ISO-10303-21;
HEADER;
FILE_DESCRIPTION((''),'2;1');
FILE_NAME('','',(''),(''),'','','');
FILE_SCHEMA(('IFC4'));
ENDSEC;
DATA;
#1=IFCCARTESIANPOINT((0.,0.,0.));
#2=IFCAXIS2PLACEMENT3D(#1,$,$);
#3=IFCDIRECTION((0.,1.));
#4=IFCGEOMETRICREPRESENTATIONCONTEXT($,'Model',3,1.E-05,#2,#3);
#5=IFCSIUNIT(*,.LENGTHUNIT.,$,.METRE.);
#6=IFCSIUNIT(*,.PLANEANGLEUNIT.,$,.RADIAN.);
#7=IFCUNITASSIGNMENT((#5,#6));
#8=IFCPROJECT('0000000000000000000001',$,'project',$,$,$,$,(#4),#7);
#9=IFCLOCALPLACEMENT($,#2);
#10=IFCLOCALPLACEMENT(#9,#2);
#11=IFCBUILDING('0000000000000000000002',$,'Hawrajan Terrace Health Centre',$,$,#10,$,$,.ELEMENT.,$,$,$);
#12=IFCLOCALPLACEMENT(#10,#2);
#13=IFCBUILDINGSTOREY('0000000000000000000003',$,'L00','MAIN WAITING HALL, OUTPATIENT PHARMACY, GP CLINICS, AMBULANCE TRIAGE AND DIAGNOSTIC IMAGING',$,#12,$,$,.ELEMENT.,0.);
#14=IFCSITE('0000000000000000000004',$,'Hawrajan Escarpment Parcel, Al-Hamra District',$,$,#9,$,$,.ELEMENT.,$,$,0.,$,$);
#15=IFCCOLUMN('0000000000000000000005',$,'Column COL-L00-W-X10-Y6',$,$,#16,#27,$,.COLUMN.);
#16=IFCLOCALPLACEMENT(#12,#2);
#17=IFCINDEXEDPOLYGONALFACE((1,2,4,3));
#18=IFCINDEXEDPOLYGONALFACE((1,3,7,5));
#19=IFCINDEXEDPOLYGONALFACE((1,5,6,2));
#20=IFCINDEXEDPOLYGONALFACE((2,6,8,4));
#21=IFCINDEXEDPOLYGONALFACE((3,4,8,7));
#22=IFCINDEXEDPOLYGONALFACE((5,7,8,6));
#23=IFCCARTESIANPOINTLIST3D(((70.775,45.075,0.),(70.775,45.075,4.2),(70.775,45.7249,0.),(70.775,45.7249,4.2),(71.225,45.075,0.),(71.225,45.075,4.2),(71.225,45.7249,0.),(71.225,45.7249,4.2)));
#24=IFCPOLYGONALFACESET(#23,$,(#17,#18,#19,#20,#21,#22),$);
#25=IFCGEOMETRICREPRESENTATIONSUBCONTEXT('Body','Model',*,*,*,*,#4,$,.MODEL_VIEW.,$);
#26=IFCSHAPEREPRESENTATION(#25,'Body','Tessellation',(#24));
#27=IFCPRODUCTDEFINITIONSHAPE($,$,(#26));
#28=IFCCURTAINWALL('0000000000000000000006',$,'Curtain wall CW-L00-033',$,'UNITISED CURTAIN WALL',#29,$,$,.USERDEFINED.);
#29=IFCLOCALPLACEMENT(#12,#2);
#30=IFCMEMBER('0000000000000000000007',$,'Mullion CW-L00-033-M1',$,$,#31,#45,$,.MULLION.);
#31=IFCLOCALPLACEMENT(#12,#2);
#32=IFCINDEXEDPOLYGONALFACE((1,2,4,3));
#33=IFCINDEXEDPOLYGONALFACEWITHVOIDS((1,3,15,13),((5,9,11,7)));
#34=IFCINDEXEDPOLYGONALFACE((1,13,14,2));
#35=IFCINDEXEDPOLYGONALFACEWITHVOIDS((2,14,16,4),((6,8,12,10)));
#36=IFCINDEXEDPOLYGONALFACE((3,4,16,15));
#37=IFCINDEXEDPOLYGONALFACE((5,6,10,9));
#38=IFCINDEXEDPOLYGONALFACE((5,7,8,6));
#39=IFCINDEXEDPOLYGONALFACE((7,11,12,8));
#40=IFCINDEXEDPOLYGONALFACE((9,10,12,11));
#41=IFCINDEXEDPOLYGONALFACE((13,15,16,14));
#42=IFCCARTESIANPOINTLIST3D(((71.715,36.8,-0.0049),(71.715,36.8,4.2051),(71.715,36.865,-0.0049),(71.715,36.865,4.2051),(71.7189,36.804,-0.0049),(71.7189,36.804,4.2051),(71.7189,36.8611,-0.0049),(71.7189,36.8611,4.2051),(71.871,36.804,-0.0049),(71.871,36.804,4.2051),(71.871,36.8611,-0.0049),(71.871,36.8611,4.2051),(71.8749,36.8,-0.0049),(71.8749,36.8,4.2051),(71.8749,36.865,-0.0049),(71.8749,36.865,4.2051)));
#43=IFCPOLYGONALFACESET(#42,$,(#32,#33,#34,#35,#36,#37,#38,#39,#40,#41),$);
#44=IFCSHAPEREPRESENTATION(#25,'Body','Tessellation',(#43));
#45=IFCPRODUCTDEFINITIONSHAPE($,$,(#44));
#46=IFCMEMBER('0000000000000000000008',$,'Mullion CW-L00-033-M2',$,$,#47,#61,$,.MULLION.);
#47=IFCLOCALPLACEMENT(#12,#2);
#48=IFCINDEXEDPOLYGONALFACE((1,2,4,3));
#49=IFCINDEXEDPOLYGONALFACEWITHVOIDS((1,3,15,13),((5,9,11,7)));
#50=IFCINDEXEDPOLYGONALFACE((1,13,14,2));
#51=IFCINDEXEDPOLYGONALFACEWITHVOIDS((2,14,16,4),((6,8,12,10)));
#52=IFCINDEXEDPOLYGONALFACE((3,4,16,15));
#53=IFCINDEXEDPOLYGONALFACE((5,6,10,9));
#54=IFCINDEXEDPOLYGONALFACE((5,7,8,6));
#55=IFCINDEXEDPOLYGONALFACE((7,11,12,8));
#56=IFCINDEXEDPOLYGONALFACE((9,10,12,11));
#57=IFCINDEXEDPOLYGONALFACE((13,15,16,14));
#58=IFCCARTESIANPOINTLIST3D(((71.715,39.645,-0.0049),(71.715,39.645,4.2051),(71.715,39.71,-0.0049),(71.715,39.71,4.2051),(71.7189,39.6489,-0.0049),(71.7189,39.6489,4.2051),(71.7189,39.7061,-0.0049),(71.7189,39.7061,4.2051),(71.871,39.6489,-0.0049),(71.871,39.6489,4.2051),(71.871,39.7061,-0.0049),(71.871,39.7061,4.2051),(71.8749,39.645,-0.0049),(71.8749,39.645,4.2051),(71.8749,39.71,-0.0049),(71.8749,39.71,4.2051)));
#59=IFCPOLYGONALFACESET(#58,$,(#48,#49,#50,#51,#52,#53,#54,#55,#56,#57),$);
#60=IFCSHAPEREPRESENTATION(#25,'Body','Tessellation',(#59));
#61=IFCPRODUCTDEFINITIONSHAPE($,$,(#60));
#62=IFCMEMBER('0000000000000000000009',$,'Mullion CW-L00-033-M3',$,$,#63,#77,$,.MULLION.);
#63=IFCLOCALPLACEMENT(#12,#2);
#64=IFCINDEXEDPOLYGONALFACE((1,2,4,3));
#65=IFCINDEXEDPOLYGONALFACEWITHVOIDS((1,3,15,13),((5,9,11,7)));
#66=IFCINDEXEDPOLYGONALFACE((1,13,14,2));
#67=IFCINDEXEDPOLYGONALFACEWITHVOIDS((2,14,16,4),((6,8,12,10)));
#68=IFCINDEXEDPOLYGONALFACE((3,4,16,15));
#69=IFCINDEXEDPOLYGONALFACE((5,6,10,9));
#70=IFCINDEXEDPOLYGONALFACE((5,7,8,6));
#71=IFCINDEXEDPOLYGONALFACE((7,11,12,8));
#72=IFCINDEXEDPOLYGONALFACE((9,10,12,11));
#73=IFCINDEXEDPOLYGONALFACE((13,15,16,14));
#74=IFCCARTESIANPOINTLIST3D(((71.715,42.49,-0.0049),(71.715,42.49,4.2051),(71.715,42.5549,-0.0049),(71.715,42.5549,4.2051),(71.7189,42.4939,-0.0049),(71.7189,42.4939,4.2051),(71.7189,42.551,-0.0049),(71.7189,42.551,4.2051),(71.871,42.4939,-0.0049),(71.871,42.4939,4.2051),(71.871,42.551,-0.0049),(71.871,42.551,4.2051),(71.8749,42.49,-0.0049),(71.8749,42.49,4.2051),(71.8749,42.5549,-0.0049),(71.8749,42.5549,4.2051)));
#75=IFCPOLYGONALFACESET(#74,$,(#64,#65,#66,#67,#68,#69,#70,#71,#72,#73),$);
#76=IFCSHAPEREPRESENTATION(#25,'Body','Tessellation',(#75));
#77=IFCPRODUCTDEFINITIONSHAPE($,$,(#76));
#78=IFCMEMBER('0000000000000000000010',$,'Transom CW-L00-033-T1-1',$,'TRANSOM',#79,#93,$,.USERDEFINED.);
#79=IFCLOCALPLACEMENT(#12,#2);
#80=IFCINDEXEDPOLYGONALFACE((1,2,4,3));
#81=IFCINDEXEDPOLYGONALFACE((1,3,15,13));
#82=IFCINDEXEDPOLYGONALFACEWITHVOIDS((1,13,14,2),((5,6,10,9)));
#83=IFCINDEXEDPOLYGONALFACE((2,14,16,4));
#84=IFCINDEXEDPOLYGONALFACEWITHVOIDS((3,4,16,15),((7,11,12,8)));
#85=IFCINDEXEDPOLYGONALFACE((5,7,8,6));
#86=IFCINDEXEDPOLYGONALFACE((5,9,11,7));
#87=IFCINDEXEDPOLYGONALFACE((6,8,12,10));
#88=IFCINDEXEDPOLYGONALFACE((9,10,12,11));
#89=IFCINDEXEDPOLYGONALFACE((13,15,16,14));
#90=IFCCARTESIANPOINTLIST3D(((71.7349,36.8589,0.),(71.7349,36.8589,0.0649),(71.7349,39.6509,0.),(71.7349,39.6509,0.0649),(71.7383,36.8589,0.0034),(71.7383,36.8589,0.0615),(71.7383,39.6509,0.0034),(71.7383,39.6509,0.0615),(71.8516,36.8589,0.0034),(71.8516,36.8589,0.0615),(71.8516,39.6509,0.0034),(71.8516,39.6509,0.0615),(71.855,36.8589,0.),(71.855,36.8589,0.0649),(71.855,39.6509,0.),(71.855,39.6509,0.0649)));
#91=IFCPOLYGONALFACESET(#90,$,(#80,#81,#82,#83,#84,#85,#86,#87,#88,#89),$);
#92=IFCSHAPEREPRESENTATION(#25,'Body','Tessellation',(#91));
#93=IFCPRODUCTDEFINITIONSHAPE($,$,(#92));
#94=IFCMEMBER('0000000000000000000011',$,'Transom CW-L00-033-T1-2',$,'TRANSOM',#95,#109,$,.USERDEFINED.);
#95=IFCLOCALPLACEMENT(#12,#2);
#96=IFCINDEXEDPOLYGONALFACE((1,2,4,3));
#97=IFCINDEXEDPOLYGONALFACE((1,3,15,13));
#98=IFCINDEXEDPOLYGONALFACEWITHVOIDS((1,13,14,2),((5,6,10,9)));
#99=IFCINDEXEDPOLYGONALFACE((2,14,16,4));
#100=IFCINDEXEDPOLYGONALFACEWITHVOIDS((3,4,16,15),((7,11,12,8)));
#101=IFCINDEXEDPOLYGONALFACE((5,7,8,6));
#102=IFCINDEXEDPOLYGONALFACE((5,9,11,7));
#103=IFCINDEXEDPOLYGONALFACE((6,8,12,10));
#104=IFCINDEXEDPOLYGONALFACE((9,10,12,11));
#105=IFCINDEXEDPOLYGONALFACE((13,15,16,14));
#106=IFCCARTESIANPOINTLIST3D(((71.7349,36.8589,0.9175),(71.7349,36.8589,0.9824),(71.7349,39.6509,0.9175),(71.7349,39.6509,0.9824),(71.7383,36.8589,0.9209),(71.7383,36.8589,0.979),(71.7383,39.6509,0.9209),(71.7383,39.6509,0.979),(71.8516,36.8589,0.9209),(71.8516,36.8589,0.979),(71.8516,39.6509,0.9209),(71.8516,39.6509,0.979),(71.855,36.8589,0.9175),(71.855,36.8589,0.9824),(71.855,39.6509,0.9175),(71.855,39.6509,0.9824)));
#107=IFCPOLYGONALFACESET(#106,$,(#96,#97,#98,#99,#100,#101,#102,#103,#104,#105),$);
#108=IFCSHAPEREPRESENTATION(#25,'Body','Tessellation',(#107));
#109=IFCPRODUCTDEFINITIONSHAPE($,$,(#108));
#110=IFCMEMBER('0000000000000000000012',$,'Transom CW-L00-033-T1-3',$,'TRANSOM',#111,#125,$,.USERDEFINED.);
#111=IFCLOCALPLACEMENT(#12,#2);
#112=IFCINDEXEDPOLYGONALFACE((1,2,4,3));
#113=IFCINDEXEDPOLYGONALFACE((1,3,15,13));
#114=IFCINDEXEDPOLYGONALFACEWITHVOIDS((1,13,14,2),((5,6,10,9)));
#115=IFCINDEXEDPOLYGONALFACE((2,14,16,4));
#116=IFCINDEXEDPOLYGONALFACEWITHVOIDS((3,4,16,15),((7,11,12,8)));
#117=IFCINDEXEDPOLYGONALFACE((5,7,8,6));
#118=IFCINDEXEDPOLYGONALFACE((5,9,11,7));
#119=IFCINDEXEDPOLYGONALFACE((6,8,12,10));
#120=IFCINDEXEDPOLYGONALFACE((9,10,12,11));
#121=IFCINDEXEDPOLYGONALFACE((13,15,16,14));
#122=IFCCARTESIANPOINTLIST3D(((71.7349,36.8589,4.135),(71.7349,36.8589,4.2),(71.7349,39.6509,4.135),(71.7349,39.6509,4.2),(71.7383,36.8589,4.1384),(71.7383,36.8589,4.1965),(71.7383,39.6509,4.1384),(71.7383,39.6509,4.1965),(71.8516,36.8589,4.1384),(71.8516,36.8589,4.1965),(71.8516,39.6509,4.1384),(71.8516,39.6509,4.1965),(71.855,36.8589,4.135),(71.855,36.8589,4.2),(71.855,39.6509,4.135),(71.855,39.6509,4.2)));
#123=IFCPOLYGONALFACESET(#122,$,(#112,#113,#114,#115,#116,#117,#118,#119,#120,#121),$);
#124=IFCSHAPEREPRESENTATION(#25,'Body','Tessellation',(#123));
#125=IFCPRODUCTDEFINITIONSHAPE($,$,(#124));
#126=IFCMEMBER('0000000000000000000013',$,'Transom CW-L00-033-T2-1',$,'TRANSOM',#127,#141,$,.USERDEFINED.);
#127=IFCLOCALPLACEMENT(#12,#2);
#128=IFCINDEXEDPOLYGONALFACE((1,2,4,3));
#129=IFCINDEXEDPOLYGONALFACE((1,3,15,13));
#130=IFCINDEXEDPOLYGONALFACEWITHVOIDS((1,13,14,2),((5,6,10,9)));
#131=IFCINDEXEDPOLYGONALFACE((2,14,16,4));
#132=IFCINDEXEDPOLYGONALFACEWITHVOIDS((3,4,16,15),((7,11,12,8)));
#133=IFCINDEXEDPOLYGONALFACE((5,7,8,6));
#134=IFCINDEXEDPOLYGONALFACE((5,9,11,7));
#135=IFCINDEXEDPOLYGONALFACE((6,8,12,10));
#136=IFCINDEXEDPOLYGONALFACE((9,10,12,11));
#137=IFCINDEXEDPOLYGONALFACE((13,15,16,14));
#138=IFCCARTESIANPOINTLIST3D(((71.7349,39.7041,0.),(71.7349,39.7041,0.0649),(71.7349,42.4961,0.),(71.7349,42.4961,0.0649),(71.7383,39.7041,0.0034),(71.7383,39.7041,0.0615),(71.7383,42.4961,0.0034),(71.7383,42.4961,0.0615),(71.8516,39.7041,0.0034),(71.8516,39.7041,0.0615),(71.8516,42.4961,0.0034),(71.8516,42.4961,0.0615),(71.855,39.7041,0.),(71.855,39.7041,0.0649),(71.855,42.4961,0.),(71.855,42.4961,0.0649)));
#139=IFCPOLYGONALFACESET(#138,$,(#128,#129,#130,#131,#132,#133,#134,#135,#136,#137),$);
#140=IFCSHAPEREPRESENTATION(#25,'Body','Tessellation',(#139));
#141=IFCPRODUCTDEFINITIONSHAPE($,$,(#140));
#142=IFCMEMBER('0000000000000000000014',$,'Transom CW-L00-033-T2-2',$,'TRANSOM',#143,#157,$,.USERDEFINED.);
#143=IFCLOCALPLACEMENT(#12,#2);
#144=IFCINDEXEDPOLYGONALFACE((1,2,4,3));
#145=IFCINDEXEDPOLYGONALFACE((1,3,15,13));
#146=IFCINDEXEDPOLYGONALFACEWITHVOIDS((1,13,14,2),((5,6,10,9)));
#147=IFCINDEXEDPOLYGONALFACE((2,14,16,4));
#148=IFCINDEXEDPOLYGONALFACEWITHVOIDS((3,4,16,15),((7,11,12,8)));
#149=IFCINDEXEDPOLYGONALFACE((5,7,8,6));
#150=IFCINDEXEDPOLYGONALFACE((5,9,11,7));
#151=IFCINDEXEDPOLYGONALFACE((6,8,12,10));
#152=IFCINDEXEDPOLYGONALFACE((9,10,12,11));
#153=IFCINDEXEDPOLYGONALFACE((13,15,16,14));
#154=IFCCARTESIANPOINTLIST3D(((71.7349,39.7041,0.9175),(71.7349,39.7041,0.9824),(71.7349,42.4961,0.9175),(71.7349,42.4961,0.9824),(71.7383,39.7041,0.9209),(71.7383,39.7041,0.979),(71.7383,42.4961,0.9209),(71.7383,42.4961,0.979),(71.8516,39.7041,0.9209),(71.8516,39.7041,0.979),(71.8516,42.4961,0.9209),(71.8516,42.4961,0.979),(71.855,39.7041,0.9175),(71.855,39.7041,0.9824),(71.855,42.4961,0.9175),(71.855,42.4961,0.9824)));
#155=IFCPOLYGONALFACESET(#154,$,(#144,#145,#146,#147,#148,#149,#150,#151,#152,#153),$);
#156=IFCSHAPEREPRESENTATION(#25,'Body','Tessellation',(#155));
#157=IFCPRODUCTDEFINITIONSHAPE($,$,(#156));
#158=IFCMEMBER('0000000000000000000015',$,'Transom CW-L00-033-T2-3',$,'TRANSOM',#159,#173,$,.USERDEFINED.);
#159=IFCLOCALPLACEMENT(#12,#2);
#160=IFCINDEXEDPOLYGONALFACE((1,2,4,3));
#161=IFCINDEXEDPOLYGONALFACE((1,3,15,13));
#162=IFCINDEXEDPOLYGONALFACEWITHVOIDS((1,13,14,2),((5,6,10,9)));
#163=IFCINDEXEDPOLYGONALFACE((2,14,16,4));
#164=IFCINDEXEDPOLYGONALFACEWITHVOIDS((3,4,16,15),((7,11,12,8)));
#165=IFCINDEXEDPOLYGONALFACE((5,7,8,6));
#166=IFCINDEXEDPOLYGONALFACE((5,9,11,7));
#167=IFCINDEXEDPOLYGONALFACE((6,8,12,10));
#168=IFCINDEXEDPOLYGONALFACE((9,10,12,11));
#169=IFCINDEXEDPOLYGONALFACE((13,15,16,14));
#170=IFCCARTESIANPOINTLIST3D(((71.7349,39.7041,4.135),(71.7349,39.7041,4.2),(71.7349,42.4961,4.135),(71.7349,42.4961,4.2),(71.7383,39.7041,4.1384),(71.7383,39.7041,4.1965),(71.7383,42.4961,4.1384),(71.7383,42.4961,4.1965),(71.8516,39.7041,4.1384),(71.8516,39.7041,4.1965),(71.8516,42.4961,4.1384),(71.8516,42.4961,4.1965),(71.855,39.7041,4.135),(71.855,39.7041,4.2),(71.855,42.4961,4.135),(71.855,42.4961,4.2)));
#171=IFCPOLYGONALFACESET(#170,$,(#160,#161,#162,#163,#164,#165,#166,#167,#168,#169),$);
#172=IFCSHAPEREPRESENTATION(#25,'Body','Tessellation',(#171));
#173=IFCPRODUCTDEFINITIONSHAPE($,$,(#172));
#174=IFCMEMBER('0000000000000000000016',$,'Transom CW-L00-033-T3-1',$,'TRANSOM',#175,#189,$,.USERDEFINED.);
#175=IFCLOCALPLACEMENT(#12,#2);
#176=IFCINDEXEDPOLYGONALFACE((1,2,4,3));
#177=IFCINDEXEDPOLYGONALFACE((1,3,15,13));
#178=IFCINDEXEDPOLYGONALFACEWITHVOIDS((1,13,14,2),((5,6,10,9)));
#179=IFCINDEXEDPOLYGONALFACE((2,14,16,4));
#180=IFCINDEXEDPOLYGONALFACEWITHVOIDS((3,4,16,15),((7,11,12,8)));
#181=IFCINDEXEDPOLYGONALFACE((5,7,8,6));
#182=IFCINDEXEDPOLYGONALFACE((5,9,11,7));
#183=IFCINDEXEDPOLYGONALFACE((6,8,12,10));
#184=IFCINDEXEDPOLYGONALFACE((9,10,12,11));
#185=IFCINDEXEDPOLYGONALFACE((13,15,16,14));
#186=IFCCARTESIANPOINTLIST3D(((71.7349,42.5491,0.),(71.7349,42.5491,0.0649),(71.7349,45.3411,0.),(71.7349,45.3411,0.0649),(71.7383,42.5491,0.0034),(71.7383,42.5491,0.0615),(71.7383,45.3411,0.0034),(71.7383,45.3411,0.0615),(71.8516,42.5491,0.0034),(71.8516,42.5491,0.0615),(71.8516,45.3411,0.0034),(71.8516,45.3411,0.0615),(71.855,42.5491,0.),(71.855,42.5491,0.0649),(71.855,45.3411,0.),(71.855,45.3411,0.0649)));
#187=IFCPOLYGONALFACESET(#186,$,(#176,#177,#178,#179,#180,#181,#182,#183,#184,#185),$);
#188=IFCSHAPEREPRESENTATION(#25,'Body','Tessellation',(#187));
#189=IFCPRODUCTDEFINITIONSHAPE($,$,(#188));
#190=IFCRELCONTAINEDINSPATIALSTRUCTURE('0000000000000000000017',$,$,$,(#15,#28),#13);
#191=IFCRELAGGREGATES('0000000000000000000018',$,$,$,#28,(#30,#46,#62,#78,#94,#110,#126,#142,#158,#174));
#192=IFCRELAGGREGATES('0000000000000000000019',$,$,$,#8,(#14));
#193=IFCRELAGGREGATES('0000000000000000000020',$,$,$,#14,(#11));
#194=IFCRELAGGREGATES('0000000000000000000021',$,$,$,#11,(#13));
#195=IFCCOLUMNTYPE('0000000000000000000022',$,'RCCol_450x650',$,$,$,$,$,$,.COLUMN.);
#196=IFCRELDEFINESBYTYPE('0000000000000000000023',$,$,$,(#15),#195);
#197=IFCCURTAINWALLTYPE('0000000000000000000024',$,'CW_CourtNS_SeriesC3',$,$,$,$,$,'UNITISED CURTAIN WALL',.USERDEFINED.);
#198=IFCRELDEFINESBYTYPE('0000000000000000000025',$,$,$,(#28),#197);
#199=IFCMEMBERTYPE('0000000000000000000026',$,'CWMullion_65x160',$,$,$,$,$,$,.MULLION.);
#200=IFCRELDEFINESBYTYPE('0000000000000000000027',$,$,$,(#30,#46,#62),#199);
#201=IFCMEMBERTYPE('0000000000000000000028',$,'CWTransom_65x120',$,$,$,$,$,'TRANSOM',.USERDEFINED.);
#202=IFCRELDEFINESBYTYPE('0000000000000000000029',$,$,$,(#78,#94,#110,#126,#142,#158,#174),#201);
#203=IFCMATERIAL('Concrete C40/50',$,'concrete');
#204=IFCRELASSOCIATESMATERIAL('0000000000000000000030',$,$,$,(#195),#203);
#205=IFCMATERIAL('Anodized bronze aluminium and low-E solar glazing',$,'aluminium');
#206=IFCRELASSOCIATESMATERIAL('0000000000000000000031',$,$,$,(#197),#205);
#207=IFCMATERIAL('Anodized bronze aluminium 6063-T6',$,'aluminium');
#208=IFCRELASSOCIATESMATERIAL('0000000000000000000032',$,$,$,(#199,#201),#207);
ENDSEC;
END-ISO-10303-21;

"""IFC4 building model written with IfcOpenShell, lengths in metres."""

from ifc_helpers import new_model, si_unit, direction, frame, origin, origin_2d, place, context, subcontext, project, spatial, rectangle, hollow_rectangle, extrude, material, material_profile, profile_set, type_object, element, aggregate, save


model = new_model("IFC4")

# Units and contexts
model_context = context("Model", 3, precision=1e-05, world=origin(), true_north=direction((0.0, 1.0)))
body_context = subcontext(model_context, "Body", "Model", "MODEL_VIEW")
ifc_project = project(units=[si_unit("LENGTHUNIT", "METRE"), si_unit("PLANEANGLEUNIT", "RADIAN")], contexts=[model_context])

# Site, building, storey
site_placement = place(None, origin())
site = spatial("IfcSite", under=ifc_project, at=site_placement, Name="Hawrajan Escarpment Parcel, Al-Hamra District", CompositionType="ELEMENT", RefElevation=0.0)
building_placement = place(site_placement, origin())
building = spatial("IfcBuilding", under=site, at=building_placement, Name="Hawrajan Terrace Health Centre", CompositionType="ELEMENT")
storey_placement = place(building_placement, origin())
storey = spatial("IfcBuildingStorey", under=building, at=storey_placement, Name="L00", Description="MAIN WAITING HALL, OUTPATIENT PHARMACY, GP CLINICS, AMBULANCE TRIAGE AND DIAGNOSTIC IMAGING", CompositionType="ELEMENT", Elevation=0.0)

# Column
ifc_material_1 = material(Name="Concrete C40/50", Category="concrete")
ifc_material_profile_1 = material_profile(ifc_material_1, rectangle(XDim=0.45, YDim=0.6499, at=origin_2d()), Name="RC 450x650")
ifc_profile_set_1 = profile_set([ifc_material_profile_1], Name="Concrete C40/50")
column_type = type_object("IfcColumnType", Name="RCCol_450x650", PredefinedType="COLUMN", material=ifc_profile_set_1)
column_placement = place(storey_placement, frame((71.0, 45.3999, 0.0), z_axis=(0.0, 0.0, 1.0), x_axis=(1.0, 0.0, 0.0)))
element("IfcColumn", 1, at=column_placement, inside=storey, type_object=column_type, Name="Column COL-L00-W-X10-Y6", PredefinedType="COLUMN", context=body_context, shape_type="SweptSolid", body=[
    extrude(rectangle(XDim=0.45, YDim=0.6499, at=origin_2d()), origin(), (0.0, 0.0, 1.0), 4.2),
])

# Curtain wall, members
ifc_material_2 = material(Name="Anodized bronze aluminium and low-E solar glazing", Category="aluminium")
curtain_wall_type = type_object("IfcCurtainWallType", Name="CW_CourtNS_SeriesC3", ElementType="UNITISED CURTAIN WALL", PredefinedType="USERDEFINED", material=ifc_material_2)
curtain_wall_placement = place(storey_placement, origin())
curtain_wall = element("IfcCurtainWall", 2, at=curtain_wall_placement, inside=storey, type_object=curtain_wall_type, Name="Curtain wall CW-L00-033", ObjectType="UNITISED CURTAIN WALL", PredefinedType="USERDEFINED")
ifc_material_3 = material(Name="Anodized bronze aluminium 6063-T6", Category="aluminium")
ifc_material_profile_2 = material_profile(ifc_material_3, hollow_rectangle(XDim=0.0649, YDim=0.1599, WallThickness=0.0039, at=origin_2d()), Name="CW MUL 65x160")
ifc_profile_set_2 = profile_set([ifc_material_profile_2], Name="Anodized bronze aluminium 6063-T6")
member_type_1 = type_object("IfcMemberType", Name="CWMullion_65x160", PredefinedType="MULLION", material=ifc_profile_set_2)
member_1_placement = place(storey_placement, frame((71.7949, 36.8325, -0.0049), z_axis=(0.0, 0.0, 1.0), x_axis=(0.0, 1.0, 0.0)))
member_1 = element("IfcMember", 3, at=member_1_placement, type_object=member_type_1, Name="Mullion CW-L00-033-M1", PredefinedType="MULLION", context=body_context, shape_type="SweptSolid", body=[
    extrude(hollow_rectangle(XDim=0.0649, YDim=0.1599, WallThickness=0.0039, at=origin_2d()), origin(), (0.0, 0.0, 1.0), 4.21),
])
member_2_placement = place(storey_placement, frame((71.7949, 39.6775, -0.0049), z_axis=(0.0, 0.0, 1.0), x_axis=(0.0, 1.0, 0.0)))
member_2 = element("IfcMember", 4, at=member_2_placement, type_object=member_type_1, Name="Mullion CW-L00-033-M2", PredefinedType="MULLION", context=body_context, shape_type="SweptSolid", body=[
    extrude(hollow_rectangle(XDim=0.0649, YDim=0.1599, WallThickness=0.0039, at=origin_2d()), origin(), (0.0, 0.0, 1.0), 4.21),
])
member_3_placement = place(storey_placement, frame((71.7949, 42.5225, -0.0049), z_axis=(0.0, 0.0, 1.0), x_axis=(0.0, 1.0, 0.0)))
member_3 = element("IfcMember", 5, at=member_3_placement, type_object=member_type_1, Name="Mullion CW-L00-033-M3", PredefinedType="MULLION", context=body_context, shape_type="SweptSolid", body=[
    extrude(hollow_rectangle(XDim=0.0649, YDim=0.1599, WallThickness=0.0039, at=origin_2d()), origin(), (0.0, 0.0, 1.0), 4.21),
])
ifc_material_profile_3 = material_profile(ifc_material_3, hollow_rectangle(XDim=0.0649, YDim=0.1201, WallThickness=0.0034, at=origin_2d()), Name="CW TRN 65x120")
ifc_profile_set_3 = profile_set([ifc_material_profile_3], Name="Anodized bronze aluminium 6063-T6")
member_type_2 = type_object("IfcMemberType", Name="CWTransom_65x120", ElementType="TRANSOM", PredefinedType="USERDEFINED", material=ifc_profile_set_3)
member_4_placement = place(storey_placement, frame((71.7949, 36.8589, 0.0325), z_axis=(0.0, 1.0, 0.0), x_axis=(0.0, 0.0, 1.0)))
member_4 = element("IfcMember", 6, at=member_4_placement, type_object=member_type_2, Name="Transom CW-L00-033-T1-1", ObjectType="TRANSOM", PredefinedType="USERDEFINED", context=body_context, shape_type="SweptSolid", body=[
    extrude(hollow_rectangle(XDim=0.0649, YDim=0.1201, WallThickness=0.0034, at=origin_2d()), origin(), (0.0, 0.0, 1.0), 2.792),
])
member_5_placement = place(storey_placement, frame((71.7949, 36.8589, 0.95), z_axis=(0.0, 1.0, 0.0), x_axis=(0.0, 0.0, 1.0)))
member_5 = element("IfcMember", 7, at=member_5_placement, type_object=member_type_2, Name="Transom CW-L00-033-T1-2", ObjectType="TRANSOM", PredefinedType="USERDEFINED", context=body_context, shape_type="SweptSolid", body=[
    extrude(hollow_rectangle(XDim=0.0649, YDim=0.1201, WallThickness=0.0034, at=origin_2d()), origin(), (0.0, 0.0, 1.0), 2.792),
])
member_6_placement = place(storey_placement, frame((71.7949, 36.8589, 4.1675), z_axis=(0.0, 1.0, 0.0), x_axis=(0.0, 0.0, 1.0)))
member_6 = element("IfcMember", 8, at=member_6_placement, type_object=member_type_2, Name="Transom CW-L00-033-T1-3", ObjectType="TRANSOM", PredefinedType="USERDEFINED", context=body_context, shape_type="SweptSolid", body=[
    extrude(hollow_rectangle(XDim=0.0649, YDim=0.1201, WallThickness=0.0034, at=origin_2d()), origin(), (0.0, 0.0, 1.0), 2.792),
])
member_7_placement = place(storey_placement, frame((71.7949, 39.7041, 0.0325), z_axis=(0.0, 1.0, 0.0), x_axis=(0.0, 0.0, 1.0)))
member_7 = element("IfcMember", 9, at=member_7_placement, type_object=member_type_2, Name="Transom CW-L00-033-T2-1", ObjectType="TRANSOM", PredefinedType="USERDEFINED", context=body_context, shape_type="SweptSolid", body=[
    extrude(hollow_rectangle(XDim=0.0649, YDim=0.1201, WallThickness=0.0034, at=origin_2d()), origin(), (0.0, 0.0, 1.0), 2.792),
])
member_8_placement = place(storey_placement, frame((71.7949, 39.7041, 0.95), z_axis=(0.0, 1.0, 0.0), x_axis=(0.0, 0.0, 1.0)))
member_8 = element("IfcMember", 10, at=member_8_placement, type_object=member_type_2, Name="Transom CW-L00-033-T2-2", ObjectType="TRANSOM", PredefinedType="USERDEFINED", context=body_context, shape_type="SweptSolid", body=[
    extrude(hollow_rectangle(XDim=0.0649, YDim=0.1201, WallThickness=0.0034, at=origin_2d()), origin(), (0.0, 0.0, 1.0), 2.792),
])
member_9_placement = place(storey_placement, frame((71.7949, 39.7041, 4.1675), z_axis=(0.0, 1.0, 0.0), x_axis=(0.0, 0.0, 1.0)))
member_9 = element("IfcMember", 11, at=member_9_placement, type_object=member_type_2, Name="Transom CW-L00-033-T2-3", ObjectType="TRANSOM", PredefinedType="USERDEFINED", context=body_context, shape_type="SweptSolid", body=[
    extrude(hollow_rectangle(XDim=0.0649, YDim=0.1201, WallThickness=0.0034, at=origin_2d()), origin(), (0.0, 0.0, 1.0), 2.792),
])
member_10_placement = place(storey_placement, frame((71.7949, 42.5491, 0.0325), z_axis=(0.0, 1.0, 0.0), x_axis=(0.0, 0.0, 1.0)))
member_10 = element("IfcMember", 12, at=member_10_placement, type_object=member_type_2, Name="Transom CW-L00-033-T3-1", ObjectType="TRANSOM", PredefinedType="USERDEFINED", context=body_context, shape_type="SweptSolid", body=[
    extrude(hollow_rectangle(XDim=0.0649, YDim=0.1201, WallThickness=0.0034, at=origin_2d()), origin(), (0.0, 0.0, 1.0), 2.792),
])

aggregate(curtain_wall, [member_1, member_2, member_3, member_4, member_5, member_6, member_7, member_8, member_9, member_10])

save(model, "model.ifc")
